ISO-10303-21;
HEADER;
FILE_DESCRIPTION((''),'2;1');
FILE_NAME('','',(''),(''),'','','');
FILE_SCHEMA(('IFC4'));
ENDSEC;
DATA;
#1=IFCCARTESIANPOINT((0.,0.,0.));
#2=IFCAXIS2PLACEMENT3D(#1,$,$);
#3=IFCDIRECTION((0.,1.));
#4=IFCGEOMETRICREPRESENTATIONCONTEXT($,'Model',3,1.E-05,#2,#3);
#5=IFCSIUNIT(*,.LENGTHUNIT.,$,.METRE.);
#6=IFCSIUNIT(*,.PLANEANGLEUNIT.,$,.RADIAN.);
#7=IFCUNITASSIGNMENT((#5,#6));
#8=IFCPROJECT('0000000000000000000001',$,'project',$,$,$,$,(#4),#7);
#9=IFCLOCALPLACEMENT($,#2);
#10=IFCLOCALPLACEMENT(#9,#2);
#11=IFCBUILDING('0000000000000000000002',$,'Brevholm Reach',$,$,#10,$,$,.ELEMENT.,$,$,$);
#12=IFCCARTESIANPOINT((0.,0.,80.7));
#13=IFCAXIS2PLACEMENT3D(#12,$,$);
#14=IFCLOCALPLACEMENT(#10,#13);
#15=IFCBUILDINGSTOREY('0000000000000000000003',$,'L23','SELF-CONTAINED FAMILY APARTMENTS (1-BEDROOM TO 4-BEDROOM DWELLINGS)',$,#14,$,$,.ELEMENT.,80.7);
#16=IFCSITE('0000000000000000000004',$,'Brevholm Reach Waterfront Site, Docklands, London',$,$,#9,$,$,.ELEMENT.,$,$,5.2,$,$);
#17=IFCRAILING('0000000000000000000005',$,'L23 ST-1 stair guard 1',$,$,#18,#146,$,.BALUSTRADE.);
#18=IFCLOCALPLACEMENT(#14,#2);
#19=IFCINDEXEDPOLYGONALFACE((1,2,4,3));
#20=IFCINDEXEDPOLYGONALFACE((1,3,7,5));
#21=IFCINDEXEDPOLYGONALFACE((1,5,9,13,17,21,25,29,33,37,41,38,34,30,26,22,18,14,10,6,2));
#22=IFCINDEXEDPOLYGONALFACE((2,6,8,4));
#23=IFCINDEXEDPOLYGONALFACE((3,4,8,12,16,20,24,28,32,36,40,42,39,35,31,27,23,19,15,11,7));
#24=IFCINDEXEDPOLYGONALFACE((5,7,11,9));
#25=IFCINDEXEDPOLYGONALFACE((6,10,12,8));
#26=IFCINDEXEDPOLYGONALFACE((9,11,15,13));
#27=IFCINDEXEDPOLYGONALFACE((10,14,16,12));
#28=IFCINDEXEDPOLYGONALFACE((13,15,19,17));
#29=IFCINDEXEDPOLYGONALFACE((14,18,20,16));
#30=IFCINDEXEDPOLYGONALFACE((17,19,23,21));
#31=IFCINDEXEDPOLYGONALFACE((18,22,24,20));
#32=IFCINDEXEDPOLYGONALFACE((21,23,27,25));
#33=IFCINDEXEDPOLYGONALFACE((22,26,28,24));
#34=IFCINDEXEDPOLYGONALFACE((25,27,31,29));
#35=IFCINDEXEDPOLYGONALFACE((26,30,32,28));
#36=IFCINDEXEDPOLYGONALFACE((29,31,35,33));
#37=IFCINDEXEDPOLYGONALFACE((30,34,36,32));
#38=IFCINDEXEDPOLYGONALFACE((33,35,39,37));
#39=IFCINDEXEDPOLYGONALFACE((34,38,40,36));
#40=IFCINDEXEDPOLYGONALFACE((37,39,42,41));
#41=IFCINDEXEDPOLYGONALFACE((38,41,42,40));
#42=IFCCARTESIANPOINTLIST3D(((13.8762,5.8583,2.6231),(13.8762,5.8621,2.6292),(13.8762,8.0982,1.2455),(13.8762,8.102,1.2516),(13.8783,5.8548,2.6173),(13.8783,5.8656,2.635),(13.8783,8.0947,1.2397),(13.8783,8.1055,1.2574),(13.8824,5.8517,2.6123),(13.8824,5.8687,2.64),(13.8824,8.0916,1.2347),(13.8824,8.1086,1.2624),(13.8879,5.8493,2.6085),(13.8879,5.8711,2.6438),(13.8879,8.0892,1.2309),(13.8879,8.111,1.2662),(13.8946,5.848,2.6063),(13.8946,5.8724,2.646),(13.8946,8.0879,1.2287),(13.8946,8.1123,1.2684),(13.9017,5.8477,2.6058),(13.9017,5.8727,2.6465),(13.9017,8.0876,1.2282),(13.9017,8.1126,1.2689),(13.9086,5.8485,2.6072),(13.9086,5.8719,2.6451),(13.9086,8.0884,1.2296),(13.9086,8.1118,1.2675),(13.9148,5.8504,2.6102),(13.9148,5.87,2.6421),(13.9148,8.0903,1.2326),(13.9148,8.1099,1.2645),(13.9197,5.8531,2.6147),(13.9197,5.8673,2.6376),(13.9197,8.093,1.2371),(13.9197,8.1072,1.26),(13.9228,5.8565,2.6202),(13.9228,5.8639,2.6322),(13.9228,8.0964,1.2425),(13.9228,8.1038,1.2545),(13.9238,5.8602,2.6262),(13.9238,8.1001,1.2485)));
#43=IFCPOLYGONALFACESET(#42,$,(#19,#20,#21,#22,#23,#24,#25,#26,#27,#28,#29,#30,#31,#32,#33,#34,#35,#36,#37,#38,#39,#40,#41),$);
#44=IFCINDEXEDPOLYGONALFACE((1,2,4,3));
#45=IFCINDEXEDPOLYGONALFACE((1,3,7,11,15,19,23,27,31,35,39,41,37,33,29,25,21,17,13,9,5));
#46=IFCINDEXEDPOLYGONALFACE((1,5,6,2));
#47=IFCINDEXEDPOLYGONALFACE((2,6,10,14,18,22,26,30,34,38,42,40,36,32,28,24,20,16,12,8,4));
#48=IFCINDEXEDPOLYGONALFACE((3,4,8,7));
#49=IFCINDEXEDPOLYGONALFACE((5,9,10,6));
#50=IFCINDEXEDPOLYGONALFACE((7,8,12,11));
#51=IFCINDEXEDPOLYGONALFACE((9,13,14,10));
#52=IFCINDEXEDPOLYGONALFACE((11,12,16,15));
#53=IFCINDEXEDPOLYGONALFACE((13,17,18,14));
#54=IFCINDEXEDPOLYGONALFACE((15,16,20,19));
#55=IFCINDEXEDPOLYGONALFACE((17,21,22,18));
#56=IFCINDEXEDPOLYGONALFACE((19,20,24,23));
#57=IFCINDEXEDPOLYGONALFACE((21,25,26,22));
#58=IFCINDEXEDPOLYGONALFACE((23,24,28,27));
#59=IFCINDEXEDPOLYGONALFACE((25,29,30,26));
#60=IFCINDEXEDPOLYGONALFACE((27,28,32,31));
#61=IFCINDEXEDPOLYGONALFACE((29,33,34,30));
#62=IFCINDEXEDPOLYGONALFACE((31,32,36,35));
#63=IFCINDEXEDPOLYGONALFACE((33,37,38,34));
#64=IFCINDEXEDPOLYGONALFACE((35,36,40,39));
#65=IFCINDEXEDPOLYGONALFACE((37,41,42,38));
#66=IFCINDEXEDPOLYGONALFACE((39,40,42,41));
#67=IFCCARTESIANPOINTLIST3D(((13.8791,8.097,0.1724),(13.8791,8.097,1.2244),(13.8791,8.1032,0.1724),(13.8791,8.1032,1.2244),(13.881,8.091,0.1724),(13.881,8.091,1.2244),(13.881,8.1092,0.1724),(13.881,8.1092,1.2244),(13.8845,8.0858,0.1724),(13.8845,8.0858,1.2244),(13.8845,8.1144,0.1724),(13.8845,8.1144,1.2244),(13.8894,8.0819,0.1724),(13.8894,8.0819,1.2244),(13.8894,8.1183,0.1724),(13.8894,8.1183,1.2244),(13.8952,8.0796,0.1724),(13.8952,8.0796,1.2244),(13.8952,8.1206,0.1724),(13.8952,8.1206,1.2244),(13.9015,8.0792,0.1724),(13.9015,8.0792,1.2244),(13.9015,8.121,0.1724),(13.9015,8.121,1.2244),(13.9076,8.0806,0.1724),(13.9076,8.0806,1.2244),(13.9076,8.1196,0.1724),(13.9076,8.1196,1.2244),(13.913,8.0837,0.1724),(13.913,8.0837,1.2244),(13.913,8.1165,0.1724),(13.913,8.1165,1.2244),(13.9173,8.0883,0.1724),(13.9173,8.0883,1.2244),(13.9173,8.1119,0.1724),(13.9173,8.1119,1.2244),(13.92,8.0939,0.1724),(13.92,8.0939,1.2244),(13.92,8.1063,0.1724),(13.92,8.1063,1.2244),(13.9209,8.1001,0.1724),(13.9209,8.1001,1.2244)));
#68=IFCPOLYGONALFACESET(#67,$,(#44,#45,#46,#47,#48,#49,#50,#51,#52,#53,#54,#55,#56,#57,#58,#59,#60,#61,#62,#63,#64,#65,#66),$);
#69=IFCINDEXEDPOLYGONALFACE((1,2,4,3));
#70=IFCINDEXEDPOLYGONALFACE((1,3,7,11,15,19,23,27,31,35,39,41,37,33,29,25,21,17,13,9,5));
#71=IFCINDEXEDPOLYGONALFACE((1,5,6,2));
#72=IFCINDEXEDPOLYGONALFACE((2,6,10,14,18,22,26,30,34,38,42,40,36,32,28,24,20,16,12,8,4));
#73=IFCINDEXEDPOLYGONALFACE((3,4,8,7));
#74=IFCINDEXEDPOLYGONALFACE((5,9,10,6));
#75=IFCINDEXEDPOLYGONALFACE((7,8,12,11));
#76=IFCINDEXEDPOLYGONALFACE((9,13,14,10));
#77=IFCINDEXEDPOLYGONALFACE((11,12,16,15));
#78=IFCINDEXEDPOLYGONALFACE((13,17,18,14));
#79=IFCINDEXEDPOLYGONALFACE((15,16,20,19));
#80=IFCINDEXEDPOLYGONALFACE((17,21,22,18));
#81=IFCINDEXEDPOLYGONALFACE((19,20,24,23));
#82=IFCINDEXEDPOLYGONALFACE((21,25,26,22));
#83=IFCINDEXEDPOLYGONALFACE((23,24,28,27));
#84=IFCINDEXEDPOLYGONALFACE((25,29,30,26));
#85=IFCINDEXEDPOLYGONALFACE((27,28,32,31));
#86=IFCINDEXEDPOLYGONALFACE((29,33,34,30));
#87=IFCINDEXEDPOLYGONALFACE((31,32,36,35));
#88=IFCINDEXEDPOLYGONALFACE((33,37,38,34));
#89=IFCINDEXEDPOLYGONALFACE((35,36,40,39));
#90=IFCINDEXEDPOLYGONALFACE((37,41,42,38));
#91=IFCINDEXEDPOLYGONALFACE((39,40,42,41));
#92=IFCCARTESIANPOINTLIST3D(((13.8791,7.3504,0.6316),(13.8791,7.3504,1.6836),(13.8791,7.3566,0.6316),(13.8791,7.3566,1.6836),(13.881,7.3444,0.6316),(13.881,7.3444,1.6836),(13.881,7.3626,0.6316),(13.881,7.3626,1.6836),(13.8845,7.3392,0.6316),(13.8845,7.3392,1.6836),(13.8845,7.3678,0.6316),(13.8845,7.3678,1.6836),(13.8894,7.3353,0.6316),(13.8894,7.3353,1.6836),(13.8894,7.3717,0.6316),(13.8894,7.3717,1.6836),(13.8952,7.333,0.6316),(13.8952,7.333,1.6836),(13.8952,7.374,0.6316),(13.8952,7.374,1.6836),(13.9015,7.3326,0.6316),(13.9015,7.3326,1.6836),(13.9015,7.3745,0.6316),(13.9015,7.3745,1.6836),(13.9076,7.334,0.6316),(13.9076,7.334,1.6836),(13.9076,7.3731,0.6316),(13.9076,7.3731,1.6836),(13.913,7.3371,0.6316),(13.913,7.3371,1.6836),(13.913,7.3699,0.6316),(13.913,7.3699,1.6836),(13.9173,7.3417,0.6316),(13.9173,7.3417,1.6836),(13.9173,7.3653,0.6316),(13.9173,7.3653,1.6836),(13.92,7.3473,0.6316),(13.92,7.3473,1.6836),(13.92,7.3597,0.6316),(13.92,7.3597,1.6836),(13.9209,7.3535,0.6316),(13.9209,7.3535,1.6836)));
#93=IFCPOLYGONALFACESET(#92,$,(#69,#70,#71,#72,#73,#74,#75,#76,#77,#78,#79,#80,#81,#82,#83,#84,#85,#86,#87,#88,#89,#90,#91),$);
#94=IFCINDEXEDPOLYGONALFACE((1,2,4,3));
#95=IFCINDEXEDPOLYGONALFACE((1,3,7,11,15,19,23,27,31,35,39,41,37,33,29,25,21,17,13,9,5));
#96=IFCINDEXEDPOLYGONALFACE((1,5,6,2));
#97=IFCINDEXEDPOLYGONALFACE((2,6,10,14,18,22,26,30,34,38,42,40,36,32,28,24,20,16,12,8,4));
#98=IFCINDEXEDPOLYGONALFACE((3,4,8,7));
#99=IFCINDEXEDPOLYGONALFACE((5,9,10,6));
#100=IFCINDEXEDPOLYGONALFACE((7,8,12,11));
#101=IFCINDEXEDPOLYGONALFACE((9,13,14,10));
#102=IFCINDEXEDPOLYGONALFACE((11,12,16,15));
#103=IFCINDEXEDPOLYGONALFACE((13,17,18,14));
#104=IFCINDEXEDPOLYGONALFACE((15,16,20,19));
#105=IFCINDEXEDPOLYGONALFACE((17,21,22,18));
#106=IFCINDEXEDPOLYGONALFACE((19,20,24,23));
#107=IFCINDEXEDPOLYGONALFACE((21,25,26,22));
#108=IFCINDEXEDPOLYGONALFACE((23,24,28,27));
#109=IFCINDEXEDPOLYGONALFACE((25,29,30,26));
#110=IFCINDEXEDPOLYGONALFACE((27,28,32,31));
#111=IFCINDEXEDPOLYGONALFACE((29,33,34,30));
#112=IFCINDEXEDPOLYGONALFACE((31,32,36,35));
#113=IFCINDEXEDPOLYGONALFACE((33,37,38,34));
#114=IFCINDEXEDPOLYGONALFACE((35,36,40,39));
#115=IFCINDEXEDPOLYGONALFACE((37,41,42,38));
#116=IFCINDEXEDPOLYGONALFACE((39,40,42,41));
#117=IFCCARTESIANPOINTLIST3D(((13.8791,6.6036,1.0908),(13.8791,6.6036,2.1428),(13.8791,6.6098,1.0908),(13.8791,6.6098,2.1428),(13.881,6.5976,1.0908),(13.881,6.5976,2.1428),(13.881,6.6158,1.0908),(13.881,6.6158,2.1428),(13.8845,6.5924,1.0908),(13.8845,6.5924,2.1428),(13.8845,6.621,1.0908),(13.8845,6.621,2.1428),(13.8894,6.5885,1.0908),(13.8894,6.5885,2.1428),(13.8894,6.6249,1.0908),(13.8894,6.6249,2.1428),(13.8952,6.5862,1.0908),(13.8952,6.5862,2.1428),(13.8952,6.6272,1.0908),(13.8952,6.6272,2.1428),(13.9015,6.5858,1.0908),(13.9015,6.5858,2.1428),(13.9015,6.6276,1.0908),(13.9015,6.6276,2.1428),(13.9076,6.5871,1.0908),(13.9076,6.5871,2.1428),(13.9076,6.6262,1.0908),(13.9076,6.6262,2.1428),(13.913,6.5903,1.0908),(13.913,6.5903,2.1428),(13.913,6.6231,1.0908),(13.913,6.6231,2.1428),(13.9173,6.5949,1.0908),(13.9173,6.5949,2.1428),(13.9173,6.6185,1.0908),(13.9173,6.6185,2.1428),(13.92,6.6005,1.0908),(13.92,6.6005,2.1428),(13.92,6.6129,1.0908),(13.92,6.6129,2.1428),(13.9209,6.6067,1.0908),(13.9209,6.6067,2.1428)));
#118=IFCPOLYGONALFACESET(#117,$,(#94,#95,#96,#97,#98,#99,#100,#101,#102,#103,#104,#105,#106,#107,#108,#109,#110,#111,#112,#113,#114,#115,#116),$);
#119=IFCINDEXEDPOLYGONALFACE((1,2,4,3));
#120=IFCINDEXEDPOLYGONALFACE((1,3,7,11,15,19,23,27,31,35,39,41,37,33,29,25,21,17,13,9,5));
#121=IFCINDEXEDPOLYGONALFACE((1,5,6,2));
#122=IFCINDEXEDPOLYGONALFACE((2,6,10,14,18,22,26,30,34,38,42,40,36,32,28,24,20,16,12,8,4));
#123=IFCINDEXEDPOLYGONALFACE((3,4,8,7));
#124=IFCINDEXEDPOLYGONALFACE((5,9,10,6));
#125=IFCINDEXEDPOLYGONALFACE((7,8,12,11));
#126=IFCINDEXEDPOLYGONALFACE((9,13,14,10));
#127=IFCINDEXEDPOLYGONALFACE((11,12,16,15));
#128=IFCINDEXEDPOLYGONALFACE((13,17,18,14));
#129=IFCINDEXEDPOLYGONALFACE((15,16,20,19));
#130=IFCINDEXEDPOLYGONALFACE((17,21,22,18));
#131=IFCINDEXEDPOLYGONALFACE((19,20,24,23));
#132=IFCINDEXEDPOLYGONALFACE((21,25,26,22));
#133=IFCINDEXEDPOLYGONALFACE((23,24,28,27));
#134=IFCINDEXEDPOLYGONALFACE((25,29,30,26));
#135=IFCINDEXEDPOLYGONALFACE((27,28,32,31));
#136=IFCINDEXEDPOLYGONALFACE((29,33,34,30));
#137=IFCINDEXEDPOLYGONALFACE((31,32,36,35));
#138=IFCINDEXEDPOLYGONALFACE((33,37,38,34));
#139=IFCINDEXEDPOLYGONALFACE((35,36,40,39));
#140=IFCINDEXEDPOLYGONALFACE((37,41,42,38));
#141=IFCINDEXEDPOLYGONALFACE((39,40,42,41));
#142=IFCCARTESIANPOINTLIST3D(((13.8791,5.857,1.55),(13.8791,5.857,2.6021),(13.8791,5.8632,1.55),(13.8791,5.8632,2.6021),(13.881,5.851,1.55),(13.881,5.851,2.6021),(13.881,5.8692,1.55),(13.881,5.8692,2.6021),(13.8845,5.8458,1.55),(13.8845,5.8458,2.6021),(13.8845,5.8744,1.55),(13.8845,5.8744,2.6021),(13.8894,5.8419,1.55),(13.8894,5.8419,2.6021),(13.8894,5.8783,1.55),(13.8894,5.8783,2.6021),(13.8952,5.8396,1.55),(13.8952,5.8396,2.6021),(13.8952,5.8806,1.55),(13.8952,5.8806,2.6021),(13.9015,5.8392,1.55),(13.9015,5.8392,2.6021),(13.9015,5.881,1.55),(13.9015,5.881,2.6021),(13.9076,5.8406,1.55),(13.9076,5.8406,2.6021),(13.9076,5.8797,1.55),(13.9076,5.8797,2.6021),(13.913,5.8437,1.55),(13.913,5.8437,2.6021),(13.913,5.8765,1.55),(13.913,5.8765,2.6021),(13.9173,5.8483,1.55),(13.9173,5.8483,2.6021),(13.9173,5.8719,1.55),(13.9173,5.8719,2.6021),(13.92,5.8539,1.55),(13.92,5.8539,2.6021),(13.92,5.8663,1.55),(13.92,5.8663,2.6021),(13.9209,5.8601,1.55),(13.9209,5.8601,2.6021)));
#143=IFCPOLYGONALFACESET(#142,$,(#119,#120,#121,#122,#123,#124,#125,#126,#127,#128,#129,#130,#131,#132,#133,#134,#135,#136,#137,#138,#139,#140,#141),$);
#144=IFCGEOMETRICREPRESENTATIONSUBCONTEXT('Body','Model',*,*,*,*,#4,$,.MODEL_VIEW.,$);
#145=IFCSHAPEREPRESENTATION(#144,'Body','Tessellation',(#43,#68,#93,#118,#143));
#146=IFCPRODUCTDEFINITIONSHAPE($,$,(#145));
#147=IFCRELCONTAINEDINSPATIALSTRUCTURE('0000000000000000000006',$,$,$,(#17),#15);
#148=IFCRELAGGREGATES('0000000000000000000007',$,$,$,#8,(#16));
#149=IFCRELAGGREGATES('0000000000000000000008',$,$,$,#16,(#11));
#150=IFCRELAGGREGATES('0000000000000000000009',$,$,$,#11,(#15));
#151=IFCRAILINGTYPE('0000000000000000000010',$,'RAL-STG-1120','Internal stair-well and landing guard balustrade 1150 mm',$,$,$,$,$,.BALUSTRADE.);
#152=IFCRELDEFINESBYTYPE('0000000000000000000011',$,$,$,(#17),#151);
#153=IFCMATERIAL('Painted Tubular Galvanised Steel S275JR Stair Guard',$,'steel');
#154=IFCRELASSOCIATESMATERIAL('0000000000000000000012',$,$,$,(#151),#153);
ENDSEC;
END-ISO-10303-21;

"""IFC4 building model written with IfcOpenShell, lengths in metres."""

from ifc_helpers import new_model, si_unit, direction, frame, origin, origin_2d, place, context, subcontext, project, spatial, circle, extrude, material, type_object, element, save


model = new_model("IFC4")

# Units and contexts
model_context = context("Model", 3, precision=1e-05, world=origin(), true_north=direction((0.0, 1.0)))
body_context = subcontext(model_context, "Body", "Model", "MODEL_VIEW")
ifc_project = project(units=[si_unit("LENGTHUNIT", "METRE"), si_unit("PLANEANGLEUNIT", "RADIAN")], contexts=[model_context])

# Site, building, storey
site_placement = place(None, origin())
site = spatial("IfcSite", under=ifc_project, at=site_placement, Name="Brevholm Reach Waterfront Site, Docklands, London", CompositionType="ELEMENT", RefElevation=5.2)
building_placement = place(site_placement, origin())
building = spatial("IfcBuilding", under=site, at=building_placement, Name="Brevholm Reach", CompositionType="ELEMENT")
storey_placement = place(building_placement, frame((0.0, 0.0, 80.7)))
storey = spatial("IfcBuildingStorey", under=building, at=storey_placement, Name="L23", Description="SELF-CONTAINED FAMILY APARTMENTS (1-BEDROOM TO 4-BEDROOM DWELLINGS)", CompositionType="ELEMENT", Elevation=80.7)

# Railing
ifc_material_1 = material(Name="Painted Tubular Galvanised Steel S275JR Stair Guard", Category="steel")
railing_type = type_object("IfcRailingType", Name="RAL-STG-1120", Description="Internal stair-well and landing guard balustrade 1150 mm", PredefinedType="BALUSTRADE", material=ifc_material_1)
railing_1_placement = place(storey_placement, frame((13.8999, 8.1001, 0.1724)))
element("IfcRailing", 1, at=railing_1_placement, inside=storey, type_object=railing_type, Name="L23 ST-1 stair guard 1", PredefinedType="BALUSTRADE", context=body_context, shape_type="SweptSolid", body=[
    extrude(circle(Radius=0.0239, at=origin_2d()), frame((0.0, 0.0, 1.0762), z_axis=(0.0, -0.851789, 0.523885), x_axis=(1.0, 0.0, 0.0)), (0.0, 0.0, 1.0), 2.6296),
    extrude(circle(Radius=0.021, at=origin_2d()), origin(), (0.0, 0.0, 1.0), 1.052),
    extrude(circle(Radius=0.021, at=origin_2d()), frame((0.0, -0.7466, 0.4592)), (0.0, 0.0, 1.0), 1.052),
    extrude(circle(Radius=0.021, at=origin_2d()), frame((0.0, -1.4934, 0.9185)), (0.0, 0.0, 1.0), 1.052),
    extrude(circle(Radius=0.021, at=origin_2d()), frame((0.0, -2.24, 1.3777)), (0.0, 0.0, 1.0), 1.052),
])

save(model, "model.ifc")
